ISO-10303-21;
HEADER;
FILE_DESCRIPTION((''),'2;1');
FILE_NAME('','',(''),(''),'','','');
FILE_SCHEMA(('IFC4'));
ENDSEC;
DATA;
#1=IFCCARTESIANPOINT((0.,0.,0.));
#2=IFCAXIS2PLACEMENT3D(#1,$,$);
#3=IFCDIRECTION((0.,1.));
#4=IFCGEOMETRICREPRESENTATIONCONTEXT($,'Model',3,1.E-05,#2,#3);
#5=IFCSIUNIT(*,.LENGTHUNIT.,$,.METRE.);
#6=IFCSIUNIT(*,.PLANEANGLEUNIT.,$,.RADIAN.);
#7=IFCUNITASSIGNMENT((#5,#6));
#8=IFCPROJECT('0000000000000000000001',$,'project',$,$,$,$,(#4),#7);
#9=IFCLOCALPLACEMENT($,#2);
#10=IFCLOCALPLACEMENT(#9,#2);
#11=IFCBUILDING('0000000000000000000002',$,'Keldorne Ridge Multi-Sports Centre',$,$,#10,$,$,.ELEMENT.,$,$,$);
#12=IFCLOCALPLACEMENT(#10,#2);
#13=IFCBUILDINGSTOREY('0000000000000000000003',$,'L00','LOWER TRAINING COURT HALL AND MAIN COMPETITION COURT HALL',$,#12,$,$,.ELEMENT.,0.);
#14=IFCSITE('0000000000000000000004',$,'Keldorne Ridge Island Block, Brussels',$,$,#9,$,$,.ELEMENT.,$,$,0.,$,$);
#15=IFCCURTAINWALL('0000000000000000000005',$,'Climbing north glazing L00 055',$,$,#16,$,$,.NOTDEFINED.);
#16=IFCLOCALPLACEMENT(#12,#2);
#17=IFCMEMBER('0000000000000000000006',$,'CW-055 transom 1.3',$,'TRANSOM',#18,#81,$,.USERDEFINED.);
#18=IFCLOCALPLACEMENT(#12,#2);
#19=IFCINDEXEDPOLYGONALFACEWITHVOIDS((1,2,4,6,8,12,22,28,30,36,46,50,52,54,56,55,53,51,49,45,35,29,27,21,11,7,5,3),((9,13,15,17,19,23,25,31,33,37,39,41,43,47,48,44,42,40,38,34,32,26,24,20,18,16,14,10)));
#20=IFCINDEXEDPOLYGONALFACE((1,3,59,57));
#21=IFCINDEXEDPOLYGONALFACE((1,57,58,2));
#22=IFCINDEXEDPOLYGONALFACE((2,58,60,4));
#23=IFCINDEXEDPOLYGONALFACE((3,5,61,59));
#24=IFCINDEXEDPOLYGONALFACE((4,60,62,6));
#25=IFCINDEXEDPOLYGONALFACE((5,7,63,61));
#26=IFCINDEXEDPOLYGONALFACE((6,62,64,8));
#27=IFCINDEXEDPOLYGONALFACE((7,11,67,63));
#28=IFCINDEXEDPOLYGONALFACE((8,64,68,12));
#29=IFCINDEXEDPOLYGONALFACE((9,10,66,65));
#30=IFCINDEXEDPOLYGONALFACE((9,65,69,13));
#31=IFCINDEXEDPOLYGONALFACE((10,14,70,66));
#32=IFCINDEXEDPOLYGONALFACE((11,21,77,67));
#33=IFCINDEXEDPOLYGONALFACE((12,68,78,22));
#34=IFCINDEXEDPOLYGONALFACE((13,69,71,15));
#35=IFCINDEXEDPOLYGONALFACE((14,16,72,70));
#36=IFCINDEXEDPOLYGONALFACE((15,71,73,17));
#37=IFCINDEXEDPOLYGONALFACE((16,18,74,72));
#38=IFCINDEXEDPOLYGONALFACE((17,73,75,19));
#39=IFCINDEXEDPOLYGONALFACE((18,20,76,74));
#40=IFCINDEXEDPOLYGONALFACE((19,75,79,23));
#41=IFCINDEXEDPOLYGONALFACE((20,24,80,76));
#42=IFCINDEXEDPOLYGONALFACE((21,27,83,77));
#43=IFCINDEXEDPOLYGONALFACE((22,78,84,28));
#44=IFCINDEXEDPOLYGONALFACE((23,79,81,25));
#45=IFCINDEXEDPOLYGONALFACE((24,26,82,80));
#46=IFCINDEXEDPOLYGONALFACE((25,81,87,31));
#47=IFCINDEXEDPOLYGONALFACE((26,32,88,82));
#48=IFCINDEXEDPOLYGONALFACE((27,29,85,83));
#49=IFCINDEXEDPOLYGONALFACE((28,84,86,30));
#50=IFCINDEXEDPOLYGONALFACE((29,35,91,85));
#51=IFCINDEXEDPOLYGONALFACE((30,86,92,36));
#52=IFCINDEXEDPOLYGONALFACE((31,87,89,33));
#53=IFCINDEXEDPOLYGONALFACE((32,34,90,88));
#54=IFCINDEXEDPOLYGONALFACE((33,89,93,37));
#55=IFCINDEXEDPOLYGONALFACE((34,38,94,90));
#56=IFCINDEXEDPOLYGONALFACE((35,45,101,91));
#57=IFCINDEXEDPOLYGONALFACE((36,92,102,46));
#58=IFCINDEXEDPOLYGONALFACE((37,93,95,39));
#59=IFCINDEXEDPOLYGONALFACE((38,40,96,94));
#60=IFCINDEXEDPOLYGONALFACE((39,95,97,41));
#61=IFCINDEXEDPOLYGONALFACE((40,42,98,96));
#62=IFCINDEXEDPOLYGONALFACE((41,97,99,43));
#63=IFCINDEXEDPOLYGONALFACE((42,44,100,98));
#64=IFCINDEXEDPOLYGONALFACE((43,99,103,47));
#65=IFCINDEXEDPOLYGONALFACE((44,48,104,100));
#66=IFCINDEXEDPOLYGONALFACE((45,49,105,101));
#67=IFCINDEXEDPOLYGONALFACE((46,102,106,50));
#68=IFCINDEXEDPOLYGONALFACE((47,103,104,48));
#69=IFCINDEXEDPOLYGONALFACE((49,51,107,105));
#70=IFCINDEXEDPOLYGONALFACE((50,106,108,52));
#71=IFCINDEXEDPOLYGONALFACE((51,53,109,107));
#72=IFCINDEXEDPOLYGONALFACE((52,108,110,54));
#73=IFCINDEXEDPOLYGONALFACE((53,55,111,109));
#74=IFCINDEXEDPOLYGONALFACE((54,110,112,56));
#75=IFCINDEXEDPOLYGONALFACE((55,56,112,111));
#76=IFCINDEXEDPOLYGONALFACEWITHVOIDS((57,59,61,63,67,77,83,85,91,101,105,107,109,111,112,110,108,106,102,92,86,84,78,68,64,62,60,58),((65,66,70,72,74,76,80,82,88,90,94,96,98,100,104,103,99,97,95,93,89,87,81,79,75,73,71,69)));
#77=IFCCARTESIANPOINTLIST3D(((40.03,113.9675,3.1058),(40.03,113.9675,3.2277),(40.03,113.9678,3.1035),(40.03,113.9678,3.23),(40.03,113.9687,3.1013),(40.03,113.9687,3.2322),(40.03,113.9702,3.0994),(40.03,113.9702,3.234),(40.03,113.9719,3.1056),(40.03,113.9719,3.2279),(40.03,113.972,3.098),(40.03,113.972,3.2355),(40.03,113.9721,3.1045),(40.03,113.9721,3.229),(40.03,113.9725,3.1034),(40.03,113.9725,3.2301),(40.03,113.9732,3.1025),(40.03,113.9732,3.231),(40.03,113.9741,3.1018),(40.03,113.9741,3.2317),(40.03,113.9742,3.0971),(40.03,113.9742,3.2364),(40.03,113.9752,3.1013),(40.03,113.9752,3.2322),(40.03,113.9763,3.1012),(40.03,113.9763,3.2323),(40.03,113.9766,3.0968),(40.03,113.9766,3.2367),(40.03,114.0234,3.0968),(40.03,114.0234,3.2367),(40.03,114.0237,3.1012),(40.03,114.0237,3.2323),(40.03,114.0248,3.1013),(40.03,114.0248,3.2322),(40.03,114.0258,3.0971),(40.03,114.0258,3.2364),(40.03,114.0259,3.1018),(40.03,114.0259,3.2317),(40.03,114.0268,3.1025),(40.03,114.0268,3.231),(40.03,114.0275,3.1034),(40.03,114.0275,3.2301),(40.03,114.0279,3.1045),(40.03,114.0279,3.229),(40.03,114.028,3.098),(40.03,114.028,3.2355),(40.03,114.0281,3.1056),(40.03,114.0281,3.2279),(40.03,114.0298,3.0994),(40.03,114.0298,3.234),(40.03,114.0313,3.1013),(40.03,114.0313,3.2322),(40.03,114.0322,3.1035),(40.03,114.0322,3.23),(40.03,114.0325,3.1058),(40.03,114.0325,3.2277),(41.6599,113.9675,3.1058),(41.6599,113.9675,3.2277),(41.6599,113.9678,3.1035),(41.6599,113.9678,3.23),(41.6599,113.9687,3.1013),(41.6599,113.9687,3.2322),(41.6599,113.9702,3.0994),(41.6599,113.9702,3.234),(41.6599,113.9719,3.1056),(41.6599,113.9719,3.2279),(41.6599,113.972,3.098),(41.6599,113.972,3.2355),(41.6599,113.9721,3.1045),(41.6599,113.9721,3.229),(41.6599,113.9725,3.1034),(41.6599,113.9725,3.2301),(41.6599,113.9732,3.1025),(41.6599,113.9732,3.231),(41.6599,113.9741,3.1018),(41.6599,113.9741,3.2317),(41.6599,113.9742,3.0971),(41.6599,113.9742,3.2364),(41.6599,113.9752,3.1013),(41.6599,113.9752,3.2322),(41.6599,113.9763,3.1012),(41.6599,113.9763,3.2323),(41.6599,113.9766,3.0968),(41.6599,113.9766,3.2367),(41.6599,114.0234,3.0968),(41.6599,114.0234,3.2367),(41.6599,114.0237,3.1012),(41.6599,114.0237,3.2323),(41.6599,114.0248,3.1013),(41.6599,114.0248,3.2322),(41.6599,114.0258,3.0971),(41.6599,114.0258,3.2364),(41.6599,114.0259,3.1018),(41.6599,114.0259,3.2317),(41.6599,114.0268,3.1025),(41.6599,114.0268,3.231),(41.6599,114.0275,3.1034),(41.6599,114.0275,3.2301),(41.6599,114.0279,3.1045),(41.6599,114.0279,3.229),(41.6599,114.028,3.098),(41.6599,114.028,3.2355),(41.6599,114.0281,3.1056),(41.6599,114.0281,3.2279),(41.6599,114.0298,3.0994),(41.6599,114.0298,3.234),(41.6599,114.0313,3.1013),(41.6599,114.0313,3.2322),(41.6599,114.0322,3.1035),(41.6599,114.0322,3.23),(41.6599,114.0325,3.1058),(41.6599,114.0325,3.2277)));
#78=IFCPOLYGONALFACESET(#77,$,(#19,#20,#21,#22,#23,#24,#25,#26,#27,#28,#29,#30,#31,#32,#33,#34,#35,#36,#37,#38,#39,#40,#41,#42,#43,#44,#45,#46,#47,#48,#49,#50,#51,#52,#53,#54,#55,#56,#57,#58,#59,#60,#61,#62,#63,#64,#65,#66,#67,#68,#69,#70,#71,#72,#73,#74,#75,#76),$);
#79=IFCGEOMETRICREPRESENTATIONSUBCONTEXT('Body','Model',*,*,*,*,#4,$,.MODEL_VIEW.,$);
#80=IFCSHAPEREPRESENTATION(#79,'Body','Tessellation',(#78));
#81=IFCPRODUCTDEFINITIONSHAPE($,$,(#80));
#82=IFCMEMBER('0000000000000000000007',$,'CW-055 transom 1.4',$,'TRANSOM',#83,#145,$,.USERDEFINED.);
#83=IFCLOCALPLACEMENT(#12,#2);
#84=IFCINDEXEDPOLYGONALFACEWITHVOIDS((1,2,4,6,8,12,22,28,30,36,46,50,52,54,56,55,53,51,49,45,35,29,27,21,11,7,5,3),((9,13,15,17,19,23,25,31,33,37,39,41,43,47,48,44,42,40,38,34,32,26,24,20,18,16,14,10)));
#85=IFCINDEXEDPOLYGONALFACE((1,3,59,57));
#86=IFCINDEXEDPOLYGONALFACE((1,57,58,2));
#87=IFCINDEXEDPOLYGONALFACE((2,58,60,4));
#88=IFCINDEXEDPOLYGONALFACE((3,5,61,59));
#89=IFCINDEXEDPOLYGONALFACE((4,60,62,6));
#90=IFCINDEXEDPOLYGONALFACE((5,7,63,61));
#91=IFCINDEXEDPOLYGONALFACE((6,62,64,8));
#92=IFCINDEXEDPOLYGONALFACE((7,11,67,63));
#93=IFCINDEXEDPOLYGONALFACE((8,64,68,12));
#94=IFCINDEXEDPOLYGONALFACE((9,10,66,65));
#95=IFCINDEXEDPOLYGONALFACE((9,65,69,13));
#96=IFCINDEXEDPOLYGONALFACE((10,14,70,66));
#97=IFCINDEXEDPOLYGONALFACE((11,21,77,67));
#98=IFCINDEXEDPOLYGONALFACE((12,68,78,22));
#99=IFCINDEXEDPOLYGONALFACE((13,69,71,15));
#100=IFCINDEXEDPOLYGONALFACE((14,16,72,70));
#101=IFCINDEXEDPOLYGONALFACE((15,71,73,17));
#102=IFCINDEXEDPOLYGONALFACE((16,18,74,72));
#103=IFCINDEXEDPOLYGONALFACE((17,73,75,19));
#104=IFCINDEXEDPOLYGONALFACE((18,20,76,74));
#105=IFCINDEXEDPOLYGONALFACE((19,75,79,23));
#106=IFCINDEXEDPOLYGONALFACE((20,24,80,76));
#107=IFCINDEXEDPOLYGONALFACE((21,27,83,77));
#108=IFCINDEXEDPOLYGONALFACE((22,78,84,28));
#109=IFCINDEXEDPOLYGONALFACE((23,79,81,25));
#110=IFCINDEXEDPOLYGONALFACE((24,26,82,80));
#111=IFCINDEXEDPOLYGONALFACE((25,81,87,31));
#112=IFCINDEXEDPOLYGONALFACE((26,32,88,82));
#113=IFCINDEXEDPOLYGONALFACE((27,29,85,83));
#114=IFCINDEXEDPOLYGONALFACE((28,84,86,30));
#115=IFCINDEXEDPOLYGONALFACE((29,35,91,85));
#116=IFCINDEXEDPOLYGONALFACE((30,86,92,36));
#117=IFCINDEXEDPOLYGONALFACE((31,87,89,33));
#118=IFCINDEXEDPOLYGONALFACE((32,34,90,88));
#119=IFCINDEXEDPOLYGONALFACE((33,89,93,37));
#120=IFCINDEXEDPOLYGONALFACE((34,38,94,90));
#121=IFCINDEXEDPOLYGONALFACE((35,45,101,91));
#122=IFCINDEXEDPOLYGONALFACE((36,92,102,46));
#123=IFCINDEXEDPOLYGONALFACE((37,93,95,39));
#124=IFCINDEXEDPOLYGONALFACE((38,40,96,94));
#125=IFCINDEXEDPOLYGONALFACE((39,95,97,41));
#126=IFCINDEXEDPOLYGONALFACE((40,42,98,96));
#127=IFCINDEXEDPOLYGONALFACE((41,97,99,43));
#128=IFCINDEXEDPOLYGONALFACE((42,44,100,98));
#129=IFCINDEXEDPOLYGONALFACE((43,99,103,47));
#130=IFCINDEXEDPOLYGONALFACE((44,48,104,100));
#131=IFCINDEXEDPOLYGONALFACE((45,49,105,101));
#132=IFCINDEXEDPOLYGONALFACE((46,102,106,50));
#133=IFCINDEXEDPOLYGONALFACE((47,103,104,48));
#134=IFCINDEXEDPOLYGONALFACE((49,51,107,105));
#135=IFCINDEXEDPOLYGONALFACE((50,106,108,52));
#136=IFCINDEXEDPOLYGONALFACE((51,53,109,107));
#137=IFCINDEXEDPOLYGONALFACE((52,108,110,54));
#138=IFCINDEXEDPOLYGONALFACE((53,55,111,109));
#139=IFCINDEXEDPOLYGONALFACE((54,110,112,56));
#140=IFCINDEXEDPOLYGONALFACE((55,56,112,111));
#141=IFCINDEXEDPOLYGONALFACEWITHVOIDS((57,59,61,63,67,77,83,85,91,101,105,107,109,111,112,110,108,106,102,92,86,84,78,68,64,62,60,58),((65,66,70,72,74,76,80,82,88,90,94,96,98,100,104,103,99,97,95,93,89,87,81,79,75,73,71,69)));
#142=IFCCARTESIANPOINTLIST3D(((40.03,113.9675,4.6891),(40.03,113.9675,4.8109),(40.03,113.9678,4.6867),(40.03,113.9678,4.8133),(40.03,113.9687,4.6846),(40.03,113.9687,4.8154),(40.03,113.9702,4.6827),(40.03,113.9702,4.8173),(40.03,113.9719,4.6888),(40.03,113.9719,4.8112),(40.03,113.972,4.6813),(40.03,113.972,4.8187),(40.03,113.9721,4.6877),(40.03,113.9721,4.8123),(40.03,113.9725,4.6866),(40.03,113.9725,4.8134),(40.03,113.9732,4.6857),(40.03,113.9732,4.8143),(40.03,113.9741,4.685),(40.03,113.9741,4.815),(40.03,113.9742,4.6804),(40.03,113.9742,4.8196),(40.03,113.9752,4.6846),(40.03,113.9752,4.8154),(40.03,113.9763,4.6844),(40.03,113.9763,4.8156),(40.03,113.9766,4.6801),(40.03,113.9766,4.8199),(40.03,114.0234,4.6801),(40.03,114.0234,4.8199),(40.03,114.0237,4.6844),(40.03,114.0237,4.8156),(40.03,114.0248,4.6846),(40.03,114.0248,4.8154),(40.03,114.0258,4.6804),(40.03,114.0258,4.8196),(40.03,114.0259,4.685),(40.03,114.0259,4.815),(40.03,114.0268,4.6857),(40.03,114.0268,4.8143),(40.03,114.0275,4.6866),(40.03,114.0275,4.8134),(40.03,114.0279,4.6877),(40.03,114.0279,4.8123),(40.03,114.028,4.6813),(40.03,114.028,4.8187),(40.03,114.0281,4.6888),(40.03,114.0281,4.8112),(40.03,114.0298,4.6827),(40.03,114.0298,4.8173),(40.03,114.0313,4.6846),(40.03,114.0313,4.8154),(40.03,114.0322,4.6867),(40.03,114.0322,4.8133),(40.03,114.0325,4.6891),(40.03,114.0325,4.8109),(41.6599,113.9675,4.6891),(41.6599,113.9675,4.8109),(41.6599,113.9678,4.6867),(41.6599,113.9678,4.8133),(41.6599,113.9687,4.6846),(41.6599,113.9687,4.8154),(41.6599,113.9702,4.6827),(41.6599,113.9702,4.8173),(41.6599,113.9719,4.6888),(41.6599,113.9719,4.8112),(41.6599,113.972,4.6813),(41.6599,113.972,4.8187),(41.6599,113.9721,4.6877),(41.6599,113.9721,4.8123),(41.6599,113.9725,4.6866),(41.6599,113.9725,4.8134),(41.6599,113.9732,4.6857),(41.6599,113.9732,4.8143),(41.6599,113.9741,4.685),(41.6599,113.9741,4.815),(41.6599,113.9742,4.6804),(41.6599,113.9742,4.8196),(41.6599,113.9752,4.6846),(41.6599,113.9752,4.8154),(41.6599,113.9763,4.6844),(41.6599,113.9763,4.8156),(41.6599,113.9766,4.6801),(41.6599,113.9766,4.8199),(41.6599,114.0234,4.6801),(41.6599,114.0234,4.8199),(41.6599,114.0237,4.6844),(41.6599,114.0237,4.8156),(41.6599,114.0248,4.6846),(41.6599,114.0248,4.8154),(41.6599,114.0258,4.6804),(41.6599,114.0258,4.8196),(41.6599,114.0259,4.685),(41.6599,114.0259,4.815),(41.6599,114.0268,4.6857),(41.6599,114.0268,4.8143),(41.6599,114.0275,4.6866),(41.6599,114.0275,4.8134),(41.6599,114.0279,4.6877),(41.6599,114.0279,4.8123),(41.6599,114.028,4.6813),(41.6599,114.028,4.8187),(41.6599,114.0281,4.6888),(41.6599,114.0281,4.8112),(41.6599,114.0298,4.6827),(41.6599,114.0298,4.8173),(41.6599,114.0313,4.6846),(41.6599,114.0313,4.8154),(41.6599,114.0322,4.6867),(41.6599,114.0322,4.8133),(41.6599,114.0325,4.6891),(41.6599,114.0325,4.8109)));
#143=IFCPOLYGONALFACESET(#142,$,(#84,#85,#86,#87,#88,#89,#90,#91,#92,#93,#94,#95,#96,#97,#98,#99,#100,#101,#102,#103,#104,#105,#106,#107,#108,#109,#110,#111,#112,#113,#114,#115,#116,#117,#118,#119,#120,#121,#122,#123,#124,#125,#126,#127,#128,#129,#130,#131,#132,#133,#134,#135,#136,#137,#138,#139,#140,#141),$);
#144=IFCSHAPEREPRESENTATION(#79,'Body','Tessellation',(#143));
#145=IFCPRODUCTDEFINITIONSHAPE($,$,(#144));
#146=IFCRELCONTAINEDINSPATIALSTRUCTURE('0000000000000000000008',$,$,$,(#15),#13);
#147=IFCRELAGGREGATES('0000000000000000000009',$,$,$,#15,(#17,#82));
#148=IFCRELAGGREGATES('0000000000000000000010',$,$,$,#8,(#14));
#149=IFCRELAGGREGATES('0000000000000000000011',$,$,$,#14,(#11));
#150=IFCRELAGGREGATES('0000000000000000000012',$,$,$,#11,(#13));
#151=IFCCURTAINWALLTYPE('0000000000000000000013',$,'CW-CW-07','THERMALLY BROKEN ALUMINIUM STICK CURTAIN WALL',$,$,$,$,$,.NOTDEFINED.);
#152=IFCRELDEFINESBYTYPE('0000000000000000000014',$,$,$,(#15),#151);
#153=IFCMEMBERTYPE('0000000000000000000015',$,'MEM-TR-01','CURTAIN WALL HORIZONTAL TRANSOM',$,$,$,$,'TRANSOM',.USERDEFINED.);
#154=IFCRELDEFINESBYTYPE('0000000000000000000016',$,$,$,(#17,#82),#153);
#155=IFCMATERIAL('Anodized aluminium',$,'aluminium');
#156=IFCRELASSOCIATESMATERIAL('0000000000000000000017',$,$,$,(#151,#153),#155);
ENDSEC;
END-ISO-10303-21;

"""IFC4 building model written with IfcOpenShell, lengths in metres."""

from ifc_helpers import new_model, si_unit, direction, frame, origin, origin_2d, place, context, subcontext, project, spatial, hollow_rectangle, extrude, material, material_profile, profile_set, type_object, element, aggregate, save


model = new_model("IFC4")

# Units and contexts
model_context = context("Model", 3, precision=1e-05, world=origin(), true_north=direction((0.0, 1.0)))
body_context = subcontext(model_context, "Body", "Model", "MODEL_VIEW")
ifc_project = project(units=[si_unit("LENGTHUNIT", "METRE"), si_unit("PLANEANGLEUNIT", "RADIAN")], contexts=[model_context])

# Site, building, storey
site_placement = place(None, origin())
site = spatial("IfcSite", under=ifc_project, at=site_placement, Name="Keldorne Ridge Island Block, Brussels", CompositionType="ELEMENT", RefElevation=0.0)
building_placement = place(site_placement, origin())
building = spatial("IfcBuilding", under=site, at=building_placement, Name="Keldorne Ridge Multi-Sports Centre", CompositionType="ELEMENT")
storey_placement = place(building_placement, origin())
storey = spatial("IfcBuildingStorey", under=building, at=storey_placement, Name="L00", Description="LOWER TRAINING COURT HALL AND MAIN COMPETITION COURT HALL", CompositionType="ELEMENT", Elevation=0.0)

# Curtain wall, members
ifc_material_1 = material(Name="Anodized aluminium", Category="aluminium")
curtain_wall_type = type_object("IfcCurtainWallType", Name="CW-CW-07", Description="THERMALLY BROKEN ALUMINIUM STICK CURTAIN WALL", PredefinedType="NOTDEFINED", material=ifc_material_1)
curtain_wall_placement = place(storey_placement, origin())
curtain_wall = element("IfcCurtainWall", 1, at=curtain_wall_placement, inside=storey, type_object=curtain_wall_type, Name="Climbing north glazing L00 055", PredefinedType="NOTDEFINED")
ifc_material_profile_1 = material_profile(ifc_material_1, hollow_rectangle(XDim=0.0649, YDim=0.1399, WallThickness=0.0044, InnerFilletRadius=0.0044, OuterFilletRadius=0.009, at=origin_2d()), Name="ALU TRANSOM 140x65x4.5")
ifc_profile_set_1 = profile_set([ifc_material_profile_1], Name="Anodized aluminium")
member_type_1 = type_object("IfcMemberType", Name="MEM-TR-01", Description="CURTAIN WALL HORIZONTAL TRANSOM", ElementType="TRANSOM", PredefinedType="USERDEFINED", material=ifc_profile_set_1)
member_1_placement = place(storey_placement, frame((41.6599, 114.0, 3.1667), z_axis=(-1.0, 0.0, 0.0), x_axis=(0.0, -1.0, 0.0)))
member_1 = element("IfcMember", 2, at=member_1_placement, type_object=member_type_1, Name="CW-055 transom 1.3", ObjectType="TRANSOM", PredefinedType="USERDEFINED", context=body_context, shape_type="SweptSolid", body=[
    extrude(hollow_rectangle(XDim=0.0649, YDim=0.1399, WallThickness=0.0044, InnerFilletRadius=0.0044, OuterFilletRadius=0.009, at=origin_2d()), origin(), (0.0, 0.0, 1.0), 1.6299),
])
member_2_placement = place(storey_placement, frame((41.6599, 114.0, 4.75), z_axis=(-1.0, 0.0, 0.0), x_axis=(0.0, -1.0, 0.0)))
member_2 = element("IfcMember", 3, at=member_2_placement, type_object=member_type_1, Name="CW-055 transom 1.4", ObjectType="TRANSOM", PredefinedType="USERDEFINED", context=body_context, shape_type="SweptSolid", body=[
    extrude(hollow_rectangle(XDim=0.0649, YDim=0.1399, WallThickness=0.0044, InnerFilletRadius=0.0044, OuterFilletRadius=0.009, at=origin_2d()), origin(), (0.0, 0.0, 1.0), 1.6299),
])
aggregate(curtain_wall, [member_1, member_2])

save(model, "model.ifc")
